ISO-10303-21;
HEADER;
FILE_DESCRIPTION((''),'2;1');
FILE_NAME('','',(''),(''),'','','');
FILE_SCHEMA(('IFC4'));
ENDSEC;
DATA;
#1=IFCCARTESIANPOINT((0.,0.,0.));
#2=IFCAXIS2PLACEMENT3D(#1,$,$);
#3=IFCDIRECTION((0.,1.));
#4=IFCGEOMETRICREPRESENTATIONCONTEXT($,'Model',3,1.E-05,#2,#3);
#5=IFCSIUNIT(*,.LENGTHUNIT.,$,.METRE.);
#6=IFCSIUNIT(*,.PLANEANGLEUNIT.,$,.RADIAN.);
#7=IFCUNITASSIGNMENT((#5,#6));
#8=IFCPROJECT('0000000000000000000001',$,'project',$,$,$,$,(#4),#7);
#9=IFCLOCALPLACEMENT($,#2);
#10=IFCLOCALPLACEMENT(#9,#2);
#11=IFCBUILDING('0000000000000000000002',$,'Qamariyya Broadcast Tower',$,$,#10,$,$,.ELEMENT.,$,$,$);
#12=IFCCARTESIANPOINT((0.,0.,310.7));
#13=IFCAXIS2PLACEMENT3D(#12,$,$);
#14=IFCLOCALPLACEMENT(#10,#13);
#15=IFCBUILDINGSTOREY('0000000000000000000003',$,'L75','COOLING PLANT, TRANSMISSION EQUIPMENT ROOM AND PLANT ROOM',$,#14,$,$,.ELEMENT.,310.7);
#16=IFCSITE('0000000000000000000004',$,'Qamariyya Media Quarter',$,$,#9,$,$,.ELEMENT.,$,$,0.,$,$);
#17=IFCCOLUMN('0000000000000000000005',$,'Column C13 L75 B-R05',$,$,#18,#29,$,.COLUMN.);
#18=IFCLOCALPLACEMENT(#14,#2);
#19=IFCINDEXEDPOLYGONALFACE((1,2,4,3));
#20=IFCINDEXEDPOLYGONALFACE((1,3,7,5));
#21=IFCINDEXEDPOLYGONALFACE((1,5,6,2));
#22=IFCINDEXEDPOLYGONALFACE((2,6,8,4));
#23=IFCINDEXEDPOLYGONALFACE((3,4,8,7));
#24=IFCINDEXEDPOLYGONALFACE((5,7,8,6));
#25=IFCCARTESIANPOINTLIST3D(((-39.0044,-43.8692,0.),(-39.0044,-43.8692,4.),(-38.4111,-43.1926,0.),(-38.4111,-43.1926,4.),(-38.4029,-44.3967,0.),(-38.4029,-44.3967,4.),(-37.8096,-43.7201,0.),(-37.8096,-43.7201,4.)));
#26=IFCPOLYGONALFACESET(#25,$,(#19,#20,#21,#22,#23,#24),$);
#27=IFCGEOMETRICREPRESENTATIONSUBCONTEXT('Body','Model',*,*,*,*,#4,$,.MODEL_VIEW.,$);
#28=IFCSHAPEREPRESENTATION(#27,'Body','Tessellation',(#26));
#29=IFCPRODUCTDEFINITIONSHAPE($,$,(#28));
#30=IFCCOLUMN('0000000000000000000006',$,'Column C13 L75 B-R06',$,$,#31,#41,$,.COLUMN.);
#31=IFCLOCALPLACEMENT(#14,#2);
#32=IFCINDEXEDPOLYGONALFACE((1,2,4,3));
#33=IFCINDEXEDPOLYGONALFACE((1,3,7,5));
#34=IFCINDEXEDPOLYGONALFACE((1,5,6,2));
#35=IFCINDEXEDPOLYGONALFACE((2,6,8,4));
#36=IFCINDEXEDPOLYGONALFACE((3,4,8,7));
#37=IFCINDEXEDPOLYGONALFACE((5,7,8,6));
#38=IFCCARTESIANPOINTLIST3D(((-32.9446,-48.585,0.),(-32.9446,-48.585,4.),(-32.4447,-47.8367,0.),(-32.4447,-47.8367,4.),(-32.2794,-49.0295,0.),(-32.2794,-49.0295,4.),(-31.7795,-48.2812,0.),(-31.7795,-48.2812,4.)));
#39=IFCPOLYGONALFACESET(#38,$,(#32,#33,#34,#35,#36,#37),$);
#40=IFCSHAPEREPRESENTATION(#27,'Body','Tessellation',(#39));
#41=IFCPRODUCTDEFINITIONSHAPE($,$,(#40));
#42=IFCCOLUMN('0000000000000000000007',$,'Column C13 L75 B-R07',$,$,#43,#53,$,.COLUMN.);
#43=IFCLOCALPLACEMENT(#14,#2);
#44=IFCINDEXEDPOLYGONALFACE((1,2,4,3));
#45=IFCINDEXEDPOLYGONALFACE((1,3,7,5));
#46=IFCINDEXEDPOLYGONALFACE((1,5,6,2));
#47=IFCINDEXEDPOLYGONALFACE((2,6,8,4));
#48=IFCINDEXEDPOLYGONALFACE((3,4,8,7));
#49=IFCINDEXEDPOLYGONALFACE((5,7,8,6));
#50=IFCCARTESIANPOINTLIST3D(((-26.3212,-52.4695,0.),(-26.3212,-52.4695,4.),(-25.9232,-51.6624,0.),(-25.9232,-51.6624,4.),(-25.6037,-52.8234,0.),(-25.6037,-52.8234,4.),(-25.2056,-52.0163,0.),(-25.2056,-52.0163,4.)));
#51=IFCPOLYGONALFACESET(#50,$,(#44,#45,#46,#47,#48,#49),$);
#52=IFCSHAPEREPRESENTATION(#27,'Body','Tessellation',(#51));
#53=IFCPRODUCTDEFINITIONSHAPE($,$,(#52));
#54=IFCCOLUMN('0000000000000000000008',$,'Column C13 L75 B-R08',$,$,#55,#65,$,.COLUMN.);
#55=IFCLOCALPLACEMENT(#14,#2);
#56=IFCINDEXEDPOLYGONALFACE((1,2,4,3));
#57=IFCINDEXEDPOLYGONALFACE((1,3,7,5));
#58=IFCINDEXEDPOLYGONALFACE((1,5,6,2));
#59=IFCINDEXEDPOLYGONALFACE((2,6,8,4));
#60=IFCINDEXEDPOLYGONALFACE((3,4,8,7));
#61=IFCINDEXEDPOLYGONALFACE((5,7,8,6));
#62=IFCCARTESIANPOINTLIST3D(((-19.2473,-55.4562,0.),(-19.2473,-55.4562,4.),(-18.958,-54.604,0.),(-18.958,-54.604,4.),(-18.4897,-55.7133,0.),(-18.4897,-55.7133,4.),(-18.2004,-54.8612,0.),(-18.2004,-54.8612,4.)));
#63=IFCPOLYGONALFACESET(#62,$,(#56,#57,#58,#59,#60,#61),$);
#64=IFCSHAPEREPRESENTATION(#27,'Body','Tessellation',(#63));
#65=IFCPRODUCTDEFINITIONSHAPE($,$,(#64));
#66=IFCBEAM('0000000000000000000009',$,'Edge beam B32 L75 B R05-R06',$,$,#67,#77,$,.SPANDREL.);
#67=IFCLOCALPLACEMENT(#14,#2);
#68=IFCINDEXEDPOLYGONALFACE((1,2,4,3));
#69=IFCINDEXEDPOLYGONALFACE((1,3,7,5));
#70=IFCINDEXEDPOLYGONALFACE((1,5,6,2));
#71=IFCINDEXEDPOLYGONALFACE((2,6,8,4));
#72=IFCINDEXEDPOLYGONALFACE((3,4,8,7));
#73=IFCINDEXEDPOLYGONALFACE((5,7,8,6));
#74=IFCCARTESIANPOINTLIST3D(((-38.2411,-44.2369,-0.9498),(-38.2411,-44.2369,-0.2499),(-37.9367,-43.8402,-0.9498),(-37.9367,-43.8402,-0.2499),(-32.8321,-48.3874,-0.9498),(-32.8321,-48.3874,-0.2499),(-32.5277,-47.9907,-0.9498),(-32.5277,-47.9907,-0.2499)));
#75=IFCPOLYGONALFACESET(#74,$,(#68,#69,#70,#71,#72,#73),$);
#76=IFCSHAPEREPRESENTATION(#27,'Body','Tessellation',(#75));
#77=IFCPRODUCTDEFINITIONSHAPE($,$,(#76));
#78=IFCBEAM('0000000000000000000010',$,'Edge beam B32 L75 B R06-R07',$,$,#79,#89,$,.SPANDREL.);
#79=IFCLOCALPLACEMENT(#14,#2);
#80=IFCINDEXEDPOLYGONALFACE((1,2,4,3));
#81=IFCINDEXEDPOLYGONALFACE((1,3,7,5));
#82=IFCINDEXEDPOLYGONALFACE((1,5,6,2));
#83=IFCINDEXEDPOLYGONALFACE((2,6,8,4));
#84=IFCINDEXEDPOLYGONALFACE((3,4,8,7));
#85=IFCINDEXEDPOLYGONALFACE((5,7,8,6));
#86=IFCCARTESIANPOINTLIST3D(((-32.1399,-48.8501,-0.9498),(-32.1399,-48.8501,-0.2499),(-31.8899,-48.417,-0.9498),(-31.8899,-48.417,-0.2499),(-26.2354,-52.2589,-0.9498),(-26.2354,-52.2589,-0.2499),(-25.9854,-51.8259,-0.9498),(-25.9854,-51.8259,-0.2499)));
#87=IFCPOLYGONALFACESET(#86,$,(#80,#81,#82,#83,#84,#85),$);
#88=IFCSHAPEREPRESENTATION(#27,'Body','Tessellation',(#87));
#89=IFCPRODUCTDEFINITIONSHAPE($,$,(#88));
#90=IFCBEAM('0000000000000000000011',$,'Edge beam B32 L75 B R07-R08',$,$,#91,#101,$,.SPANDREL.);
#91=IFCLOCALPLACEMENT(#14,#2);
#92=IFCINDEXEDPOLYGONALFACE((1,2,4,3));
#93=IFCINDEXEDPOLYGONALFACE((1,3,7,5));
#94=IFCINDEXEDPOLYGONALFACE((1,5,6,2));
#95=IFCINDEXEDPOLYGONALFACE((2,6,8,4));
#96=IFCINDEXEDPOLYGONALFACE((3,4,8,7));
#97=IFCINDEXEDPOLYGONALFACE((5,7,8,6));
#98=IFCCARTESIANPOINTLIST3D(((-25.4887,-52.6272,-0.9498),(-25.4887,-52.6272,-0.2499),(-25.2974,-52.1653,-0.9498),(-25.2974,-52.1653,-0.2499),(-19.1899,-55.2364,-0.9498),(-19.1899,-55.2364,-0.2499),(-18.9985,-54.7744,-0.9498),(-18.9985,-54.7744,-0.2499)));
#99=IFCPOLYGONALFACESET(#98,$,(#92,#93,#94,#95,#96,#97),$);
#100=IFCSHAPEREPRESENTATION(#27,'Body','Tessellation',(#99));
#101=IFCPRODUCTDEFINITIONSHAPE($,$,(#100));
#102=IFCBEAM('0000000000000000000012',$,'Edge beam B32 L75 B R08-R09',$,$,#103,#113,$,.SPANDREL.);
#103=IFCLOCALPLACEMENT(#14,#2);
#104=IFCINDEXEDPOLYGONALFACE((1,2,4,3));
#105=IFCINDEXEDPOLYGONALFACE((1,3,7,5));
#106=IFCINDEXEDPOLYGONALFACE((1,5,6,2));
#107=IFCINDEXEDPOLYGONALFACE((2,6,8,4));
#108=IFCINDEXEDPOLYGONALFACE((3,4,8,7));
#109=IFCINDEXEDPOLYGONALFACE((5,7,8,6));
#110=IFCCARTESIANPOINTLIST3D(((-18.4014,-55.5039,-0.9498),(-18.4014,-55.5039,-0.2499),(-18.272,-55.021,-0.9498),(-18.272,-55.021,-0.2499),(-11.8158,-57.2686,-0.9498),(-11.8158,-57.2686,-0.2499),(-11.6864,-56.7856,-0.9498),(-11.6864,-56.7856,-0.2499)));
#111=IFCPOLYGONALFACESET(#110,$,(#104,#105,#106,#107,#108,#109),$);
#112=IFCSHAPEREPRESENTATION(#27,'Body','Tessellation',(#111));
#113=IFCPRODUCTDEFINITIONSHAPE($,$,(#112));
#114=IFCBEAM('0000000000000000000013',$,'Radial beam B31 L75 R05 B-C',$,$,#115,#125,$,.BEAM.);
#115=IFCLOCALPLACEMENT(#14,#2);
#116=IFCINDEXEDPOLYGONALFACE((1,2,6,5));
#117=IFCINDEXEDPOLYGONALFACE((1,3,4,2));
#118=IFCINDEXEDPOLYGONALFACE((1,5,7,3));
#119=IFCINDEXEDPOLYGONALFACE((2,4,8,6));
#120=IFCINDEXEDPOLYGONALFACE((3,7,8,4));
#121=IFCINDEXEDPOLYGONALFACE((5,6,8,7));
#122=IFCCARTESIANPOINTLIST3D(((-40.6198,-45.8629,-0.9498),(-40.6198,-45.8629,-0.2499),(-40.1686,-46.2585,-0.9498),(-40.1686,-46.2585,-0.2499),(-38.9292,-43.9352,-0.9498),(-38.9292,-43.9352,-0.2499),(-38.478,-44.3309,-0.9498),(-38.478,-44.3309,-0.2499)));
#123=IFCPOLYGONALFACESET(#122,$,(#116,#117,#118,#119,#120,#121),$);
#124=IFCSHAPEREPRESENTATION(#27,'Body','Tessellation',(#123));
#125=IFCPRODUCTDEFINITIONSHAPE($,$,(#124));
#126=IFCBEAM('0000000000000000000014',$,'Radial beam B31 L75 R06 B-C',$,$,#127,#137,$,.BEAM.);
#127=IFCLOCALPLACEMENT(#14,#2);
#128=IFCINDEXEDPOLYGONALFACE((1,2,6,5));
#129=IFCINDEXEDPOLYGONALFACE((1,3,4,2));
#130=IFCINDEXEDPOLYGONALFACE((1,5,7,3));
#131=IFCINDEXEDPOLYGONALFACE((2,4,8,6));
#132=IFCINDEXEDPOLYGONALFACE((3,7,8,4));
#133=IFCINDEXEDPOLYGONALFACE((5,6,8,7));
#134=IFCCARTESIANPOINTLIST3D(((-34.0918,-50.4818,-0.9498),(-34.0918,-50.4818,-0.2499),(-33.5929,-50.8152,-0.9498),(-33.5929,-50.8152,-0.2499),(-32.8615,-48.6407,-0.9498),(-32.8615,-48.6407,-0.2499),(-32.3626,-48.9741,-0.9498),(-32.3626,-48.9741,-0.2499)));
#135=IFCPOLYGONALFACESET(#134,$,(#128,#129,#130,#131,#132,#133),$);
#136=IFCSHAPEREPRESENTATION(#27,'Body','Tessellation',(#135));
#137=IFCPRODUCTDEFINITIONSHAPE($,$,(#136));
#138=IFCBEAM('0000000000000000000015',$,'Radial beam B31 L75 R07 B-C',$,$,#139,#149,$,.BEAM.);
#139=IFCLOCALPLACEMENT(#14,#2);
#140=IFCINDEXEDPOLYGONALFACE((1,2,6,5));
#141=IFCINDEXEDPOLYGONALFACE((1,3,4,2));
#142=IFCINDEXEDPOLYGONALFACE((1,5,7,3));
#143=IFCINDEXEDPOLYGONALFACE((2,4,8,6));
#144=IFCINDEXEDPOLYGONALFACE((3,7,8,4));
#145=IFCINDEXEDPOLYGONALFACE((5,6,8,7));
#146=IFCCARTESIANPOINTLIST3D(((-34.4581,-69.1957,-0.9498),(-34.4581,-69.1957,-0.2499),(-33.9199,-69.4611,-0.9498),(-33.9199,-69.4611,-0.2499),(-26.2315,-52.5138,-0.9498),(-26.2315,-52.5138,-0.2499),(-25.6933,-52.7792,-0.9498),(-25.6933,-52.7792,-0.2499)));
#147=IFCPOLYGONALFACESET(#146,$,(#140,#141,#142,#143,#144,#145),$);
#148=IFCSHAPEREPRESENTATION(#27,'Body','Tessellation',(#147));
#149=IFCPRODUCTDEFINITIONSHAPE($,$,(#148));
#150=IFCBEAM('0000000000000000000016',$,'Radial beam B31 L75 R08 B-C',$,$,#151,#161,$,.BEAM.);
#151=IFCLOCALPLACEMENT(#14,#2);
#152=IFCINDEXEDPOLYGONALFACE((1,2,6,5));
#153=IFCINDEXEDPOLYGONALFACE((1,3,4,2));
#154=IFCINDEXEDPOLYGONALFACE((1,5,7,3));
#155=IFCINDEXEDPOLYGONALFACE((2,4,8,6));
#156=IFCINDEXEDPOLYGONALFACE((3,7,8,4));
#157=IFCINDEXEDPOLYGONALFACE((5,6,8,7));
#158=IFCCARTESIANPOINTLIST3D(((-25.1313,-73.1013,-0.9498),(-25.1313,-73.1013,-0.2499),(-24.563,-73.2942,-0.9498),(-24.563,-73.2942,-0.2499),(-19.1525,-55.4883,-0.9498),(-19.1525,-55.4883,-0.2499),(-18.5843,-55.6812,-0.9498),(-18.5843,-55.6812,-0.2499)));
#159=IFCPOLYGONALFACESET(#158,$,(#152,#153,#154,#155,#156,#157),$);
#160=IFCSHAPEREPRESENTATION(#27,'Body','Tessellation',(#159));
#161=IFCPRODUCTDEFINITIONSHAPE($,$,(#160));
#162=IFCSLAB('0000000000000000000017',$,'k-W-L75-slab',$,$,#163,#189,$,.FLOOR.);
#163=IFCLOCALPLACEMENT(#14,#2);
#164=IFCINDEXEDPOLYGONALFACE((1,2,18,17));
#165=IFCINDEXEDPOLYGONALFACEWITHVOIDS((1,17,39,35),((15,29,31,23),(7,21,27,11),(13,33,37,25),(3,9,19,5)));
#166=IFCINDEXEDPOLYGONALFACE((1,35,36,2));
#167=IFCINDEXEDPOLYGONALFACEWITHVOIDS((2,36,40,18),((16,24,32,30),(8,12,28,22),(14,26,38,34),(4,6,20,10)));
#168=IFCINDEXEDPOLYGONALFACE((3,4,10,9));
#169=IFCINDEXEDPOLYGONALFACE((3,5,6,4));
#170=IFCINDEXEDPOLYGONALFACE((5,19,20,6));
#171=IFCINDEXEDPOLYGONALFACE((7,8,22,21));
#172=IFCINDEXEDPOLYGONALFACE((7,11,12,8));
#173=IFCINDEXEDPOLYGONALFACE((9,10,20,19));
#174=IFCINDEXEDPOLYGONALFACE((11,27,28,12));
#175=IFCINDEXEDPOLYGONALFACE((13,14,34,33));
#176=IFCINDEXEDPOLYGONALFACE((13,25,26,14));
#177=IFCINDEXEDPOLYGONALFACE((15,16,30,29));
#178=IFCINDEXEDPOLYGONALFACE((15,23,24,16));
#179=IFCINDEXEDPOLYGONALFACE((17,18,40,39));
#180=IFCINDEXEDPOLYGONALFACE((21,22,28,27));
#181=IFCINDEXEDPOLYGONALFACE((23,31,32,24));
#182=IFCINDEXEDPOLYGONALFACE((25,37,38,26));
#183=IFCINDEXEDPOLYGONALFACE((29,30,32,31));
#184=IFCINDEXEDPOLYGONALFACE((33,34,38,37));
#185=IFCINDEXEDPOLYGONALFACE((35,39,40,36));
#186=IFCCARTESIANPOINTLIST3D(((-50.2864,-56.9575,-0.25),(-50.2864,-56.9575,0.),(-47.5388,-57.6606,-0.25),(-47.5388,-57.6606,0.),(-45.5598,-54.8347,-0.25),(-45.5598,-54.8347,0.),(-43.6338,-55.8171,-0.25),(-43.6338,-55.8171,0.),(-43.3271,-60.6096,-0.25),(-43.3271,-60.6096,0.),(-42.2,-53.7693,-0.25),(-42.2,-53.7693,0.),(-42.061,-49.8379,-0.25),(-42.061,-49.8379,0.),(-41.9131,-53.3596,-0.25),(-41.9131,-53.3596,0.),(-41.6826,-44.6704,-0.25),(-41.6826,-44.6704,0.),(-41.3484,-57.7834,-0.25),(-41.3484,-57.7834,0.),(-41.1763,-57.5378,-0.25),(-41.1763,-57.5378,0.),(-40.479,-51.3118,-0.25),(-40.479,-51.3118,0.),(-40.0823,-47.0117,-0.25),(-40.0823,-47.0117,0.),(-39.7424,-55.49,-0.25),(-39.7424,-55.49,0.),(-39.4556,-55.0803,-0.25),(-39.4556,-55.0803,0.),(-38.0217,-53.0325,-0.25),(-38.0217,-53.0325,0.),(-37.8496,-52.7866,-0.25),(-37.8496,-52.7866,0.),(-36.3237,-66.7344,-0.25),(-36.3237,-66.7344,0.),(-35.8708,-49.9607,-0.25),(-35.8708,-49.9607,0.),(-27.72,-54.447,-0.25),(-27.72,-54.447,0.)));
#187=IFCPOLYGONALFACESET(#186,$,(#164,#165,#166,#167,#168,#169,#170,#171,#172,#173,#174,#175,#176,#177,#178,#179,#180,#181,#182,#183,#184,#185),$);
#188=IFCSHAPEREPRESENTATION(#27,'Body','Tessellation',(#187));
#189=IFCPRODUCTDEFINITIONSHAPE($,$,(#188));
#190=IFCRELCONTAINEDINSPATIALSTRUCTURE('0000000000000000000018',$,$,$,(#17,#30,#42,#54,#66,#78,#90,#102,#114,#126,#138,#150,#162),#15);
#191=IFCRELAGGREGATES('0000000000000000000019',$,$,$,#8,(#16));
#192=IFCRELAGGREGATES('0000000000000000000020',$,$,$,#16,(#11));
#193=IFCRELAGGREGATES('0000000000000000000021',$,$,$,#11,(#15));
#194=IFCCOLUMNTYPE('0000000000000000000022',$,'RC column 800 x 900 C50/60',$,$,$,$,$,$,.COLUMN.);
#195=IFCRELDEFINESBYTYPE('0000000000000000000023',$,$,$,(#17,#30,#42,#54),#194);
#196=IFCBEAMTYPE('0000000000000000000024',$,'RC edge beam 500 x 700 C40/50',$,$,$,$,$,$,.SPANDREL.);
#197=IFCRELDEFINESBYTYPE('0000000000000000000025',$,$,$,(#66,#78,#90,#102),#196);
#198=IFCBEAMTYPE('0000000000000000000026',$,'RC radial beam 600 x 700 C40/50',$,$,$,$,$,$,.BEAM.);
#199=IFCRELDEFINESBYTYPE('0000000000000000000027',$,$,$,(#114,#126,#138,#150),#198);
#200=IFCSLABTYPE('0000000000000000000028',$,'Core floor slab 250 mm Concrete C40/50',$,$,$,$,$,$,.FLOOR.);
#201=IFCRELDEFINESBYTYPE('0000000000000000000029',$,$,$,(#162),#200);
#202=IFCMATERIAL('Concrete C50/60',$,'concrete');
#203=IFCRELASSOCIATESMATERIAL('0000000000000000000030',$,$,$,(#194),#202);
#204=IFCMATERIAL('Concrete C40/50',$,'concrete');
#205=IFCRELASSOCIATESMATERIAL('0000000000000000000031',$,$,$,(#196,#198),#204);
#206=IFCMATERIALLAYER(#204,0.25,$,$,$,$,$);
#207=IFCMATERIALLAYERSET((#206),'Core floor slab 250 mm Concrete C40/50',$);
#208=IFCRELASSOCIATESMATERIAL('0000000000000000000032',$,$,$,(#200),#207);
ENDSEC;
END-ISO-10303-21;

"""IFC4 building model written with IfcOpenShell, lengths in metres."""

from ifc_helpers import new_model, si_unit, direction, frame, origin, origin_2d, place, context, subcontext, project, spatial, polyline, rectangle, outline, extrude, material, layer, layer_set, material_profile, profile_set, type_object, element, save


model = new_model("IFC4")

# Units and contexts
model_context = context("Model", 3, precision=1e-05, world=origin(), true_north=direction((0.0, 1.0)))
body_context = subcontext(model_context, "Body", "Model", "MODEL_VIEW")
ifc_project = project(units=[si_unit("LENGTHUNIT", "METRE"), si_unit("PLANEANGLEUNIT", "RADIAN")], contexts=[model_context])

# Site, building, storey
site_placement = place(None, origin())
site = spatial("IfcSite", under=ifc_project, at=site_placement, Name="Qamariyya Media Quarter", CompositionType="ELEMENT", RefElevation=0.0)
building_placement = place(site_placement, origin())
building = spatial("IfcBuilding", under=site, at=building_placement, Name="Qamariyya Broadcast Tower", CompositionType="ELEMENT")
storey_placement = place(building_placement, frame((0.0, 0.0, 310.7)))
storey = spatial("IfcBuildingStorey", under=building, at=storey_placement, Name="L75", Description="COOLING PLANT, TRANSMISSION EQUIPMENT ROOM AND PLANT ROOM", CompositionType="ELEMENT", Elevation=310.7)

# Columns
ifc_material_1 = material(Name="Concrete C50/60", Category="concrete")
ifc_material_profile_1 = material_profile(ifc_material_1, rectangle(XDim=0.8, YDim=0.8999, at=origin_2d()))
ifc_profile_set_1 = profile_set([ifc_material_profile_1], Name="Concrete C50/60")
column_type = type_object("IfcColumnType", Name="RC column 800 x 900 C50/60", PredefinedType="COLUMN", material=ifc_profile_set_1)
for number, where, z_axis, x_axis, name in (
    (1, (-38.407, -43.7947, 0.0), (0.0, 0.0, 1.0), (0.75184, -0.659346, 0.0), "Column C13 L75 B-R05"),
    (2, (-32.3621, -48.4331, 0.0), (0.0, 0.0, 1.0), (0.83147, -0.55557, 0.0), "Column C13 L75 B-R06"),
    (3, (-25.7634, -52.2429, 0.0), (0.0, 0.0, 1.0), (0.896873, -0.442289, 0.0), "Column C13 L75 B-R07"),
    (4, (-18.7239, -55.1587, 0.0), (0.0, 0.0, 1.0), (0.94693, -0.321439, 0.0), "Column C13 L75 B-R08"),
):
    element("IfcColumn", number, at=place(storey_placement, frame(where, z_axis=z_axis, x_axis=x_axis)), inside=storey, type_object=column_type, Name=name, PredefinedType="COLUMN", context=body_context, shape_type="SweptSolid", body=[
        extrude(rectangle(XDim=0.8, YDim=0.8999, at=origin_2d()), origin(), (0.0, 0.0, 1.0), 4.0),
    ])

# Beams
ifc_material_2 = material(Name="Concrete C40/50", Category="concrete")
ifc_material_profile_2 = material_profile(ifc_material_2, rectangle(XDim=0.5, YDim=0.7, at=origin_2d()))
ifc_profile_set_2 = profile_set([ifc_material_profile_2], Name="Concrete C40/50")
beam_type_1 = type_object("IfcBeamType", Name="RC edge beam 500 x 700 C40/50", PredefinedType="SPANDREL", material=ifc_profile_set_2)
for number, where, z_axis, x_axis, name in (
    (5, (-38.0889, -44.0386, -0.5999), (0.793356, -0.608759, 0.0), (0.608759, 0.793356, 0.0), "Edge beam B32 L75 B R05-R06"),
    (6, (-32.0149, -48.6335, -0.5999), (0.866029, -0.499994, 0.0), (0.499994, 0.866029, 0.0), "Edge beam B32 L75 B R06-R07"),
    (7, (-25.3931, -52.3962, -0.5999), (0.923876, -0.382692, 0.0), (0.382692, 0.923876, 0.0), "Edge beam B32 L75 B R07-R08"),
    (8, (-18.3367, -55.2625, -0.5999), (0.965923, -0.25883, 0.0), (0.25883, 0.965923, 0.0), "Edge beam B32 L75 B R08-R09"),
):
    element("IfcBeam", number, at=place(storey_placement, frame(where, z_axis=z_axis, x_axis=x_axis)), inside=storey, type_object=beam_type_1, Name=name, PredefinedType="SPANDREL", context=body_context, shape_type="SweptSolid", body=[
        extrude(rectangle(XDim=0.5, YDim=0.7, at=origin_2d()), origin(), (0.0, 0.0, 1.0), 6.8179),
    ])
ifc_material_profile_3 = material_profile(ifc_material_2, rectangle(XDim=0.6001, YDim=0.7, at=origin_2d()))
ifc_profile_set_3 = profile_set([ifc_material_profile_3], Name="Concrete C40/50")
beam_type_2 = type_object("IfcBeamType", Name="RC radial beam 600 x 700 C40/50", PredefinedType="BEAM", material=ifc_profile_set_3)
beam_1_placement = place(storey_placement, frame((-38.7036, -44.1331, -0.5999), z_axis=(-0.659367, -0.751821, 0.0), x_axis=(0.751821, -0.659367, 0.0)))
element("IfcBeam", 9, at=beam_1_placement, inside=storey, type_object=beam_type_2, Name="Radial beam B31 L75 R05 B-C", PredefinedType="BEAM", context=body_context, shape_type="SweptSolid", body=[
    extrude(rectangle(XDim=0.6001, YDim=0.7, at=origin_2d()), origin(), (0.0, 0.0, 1.0), 2.564),
])
beam_2_placement = place(storey_placement, frame((-32.6121, -48.8074, -0.5999), z_axis=(-0.55559, -0.831456, 0.0), x_axis=(0.831456, -0.55559, 0.0)))
element("IfcBeam", 10, at=beam_2_placement, inside=storey, type_object=beam_type_2, Name="Radial beam B31 L75 R06 B-C", PredefinedType="BEAM", context=body_context, shape_type="SweptSolid", body=[
    extrude(rectangle(XDim=0.6001, YDim=0.7, at=origin_2d()), origin(), (0.0, 0.0, 1.0), 2.2144),
])
for number, where, z_axis, x_axis, name in (
    (11, (-25.9624, -52.6465, -0.5999), (-0.442287, -0.896873, 0.0), (0.896873, -0.442287, 0.0), "Radial beam B31 L75 R07 B-C"),
    (12, (-18.8684, -55.5847, -0.5999), (-0.321437, -0.946931, 0.0), (0.946931, -0.321437, 0.0), "Radial beam B31 L75 R08 B-C"),
):
    element("IfcBeam", number, at=place(storey_placement, frame(where, z_axis=z_axis, x_axis=x_axis)), inside=storey, type_object=beam_type_2, Name=name, PredefinedType="BEAM", context=body_context, shape_type="SweptSolid", body=[
        extrude(rectangle(XDim=0.6001, YDim=0.7, at=origin_2d()), origin(), (0.0, 0.0, 1.0), 18.6001),
    ])

# Slab
ifc_layer_1 = layer(ifc_material_2, 0.25)
ifc_layer_set_1 = layer_set([ifc_layer_1], Name="Core floor slab 250 mm Concrete C40/50")
slab_type_1 = type_object("IfcSlabType", Name="Core floor slab 250 mm Concrete C40/50", PredefinedType="FLOOR", material=ifc_layer_set_1)
slab_1_placement = place(storey_placement, frame((0.0, 0.0, -0.25)))
element("IfcSlab", 13, at=slab_1_placement, inside=storey, type_object=slab_type_1, Name="k-W-L75-slab", PredefinedType="FLOOR", context=body_context, shape_type="SweptSolid", body=[
    extrude(outline(polyline([(-50.2864, -56.9575), (-36.3237, -66.7344), (-27.72, -54.447), (-41.6826, -44.6704), (-50.2864, -56.9575)]), holes=[polyline([(-39.7424, -55.49), (-42.2, -53.7693), (-43.6338, -55.8171), (-41.1763, -57.5378), (-39.7424, -55.49)]), polyline([(-39.4556, -55.0803), (-41.9131, -53.3596), (-40.479, -51.3118), (-38.0217, -53.0325), (-39.4556, -55.0803)]), polyline([(-42.061, -49.8379), (-37.8496, -52.7866), (-35.8708, -49.9607), (-40.0823, -47.0117), (-42.061, -49.8379)]), polyline([(-47.5388, -57.6606), (-43.3271, -60.6096), (-41.3484, -57.7834), (-45.5598, -54.8347), (-47.5388, -57.6606)])]), origin(), (0.0, 0.0, 1.0), 0.25),
])

save(model, "model.ifc")
